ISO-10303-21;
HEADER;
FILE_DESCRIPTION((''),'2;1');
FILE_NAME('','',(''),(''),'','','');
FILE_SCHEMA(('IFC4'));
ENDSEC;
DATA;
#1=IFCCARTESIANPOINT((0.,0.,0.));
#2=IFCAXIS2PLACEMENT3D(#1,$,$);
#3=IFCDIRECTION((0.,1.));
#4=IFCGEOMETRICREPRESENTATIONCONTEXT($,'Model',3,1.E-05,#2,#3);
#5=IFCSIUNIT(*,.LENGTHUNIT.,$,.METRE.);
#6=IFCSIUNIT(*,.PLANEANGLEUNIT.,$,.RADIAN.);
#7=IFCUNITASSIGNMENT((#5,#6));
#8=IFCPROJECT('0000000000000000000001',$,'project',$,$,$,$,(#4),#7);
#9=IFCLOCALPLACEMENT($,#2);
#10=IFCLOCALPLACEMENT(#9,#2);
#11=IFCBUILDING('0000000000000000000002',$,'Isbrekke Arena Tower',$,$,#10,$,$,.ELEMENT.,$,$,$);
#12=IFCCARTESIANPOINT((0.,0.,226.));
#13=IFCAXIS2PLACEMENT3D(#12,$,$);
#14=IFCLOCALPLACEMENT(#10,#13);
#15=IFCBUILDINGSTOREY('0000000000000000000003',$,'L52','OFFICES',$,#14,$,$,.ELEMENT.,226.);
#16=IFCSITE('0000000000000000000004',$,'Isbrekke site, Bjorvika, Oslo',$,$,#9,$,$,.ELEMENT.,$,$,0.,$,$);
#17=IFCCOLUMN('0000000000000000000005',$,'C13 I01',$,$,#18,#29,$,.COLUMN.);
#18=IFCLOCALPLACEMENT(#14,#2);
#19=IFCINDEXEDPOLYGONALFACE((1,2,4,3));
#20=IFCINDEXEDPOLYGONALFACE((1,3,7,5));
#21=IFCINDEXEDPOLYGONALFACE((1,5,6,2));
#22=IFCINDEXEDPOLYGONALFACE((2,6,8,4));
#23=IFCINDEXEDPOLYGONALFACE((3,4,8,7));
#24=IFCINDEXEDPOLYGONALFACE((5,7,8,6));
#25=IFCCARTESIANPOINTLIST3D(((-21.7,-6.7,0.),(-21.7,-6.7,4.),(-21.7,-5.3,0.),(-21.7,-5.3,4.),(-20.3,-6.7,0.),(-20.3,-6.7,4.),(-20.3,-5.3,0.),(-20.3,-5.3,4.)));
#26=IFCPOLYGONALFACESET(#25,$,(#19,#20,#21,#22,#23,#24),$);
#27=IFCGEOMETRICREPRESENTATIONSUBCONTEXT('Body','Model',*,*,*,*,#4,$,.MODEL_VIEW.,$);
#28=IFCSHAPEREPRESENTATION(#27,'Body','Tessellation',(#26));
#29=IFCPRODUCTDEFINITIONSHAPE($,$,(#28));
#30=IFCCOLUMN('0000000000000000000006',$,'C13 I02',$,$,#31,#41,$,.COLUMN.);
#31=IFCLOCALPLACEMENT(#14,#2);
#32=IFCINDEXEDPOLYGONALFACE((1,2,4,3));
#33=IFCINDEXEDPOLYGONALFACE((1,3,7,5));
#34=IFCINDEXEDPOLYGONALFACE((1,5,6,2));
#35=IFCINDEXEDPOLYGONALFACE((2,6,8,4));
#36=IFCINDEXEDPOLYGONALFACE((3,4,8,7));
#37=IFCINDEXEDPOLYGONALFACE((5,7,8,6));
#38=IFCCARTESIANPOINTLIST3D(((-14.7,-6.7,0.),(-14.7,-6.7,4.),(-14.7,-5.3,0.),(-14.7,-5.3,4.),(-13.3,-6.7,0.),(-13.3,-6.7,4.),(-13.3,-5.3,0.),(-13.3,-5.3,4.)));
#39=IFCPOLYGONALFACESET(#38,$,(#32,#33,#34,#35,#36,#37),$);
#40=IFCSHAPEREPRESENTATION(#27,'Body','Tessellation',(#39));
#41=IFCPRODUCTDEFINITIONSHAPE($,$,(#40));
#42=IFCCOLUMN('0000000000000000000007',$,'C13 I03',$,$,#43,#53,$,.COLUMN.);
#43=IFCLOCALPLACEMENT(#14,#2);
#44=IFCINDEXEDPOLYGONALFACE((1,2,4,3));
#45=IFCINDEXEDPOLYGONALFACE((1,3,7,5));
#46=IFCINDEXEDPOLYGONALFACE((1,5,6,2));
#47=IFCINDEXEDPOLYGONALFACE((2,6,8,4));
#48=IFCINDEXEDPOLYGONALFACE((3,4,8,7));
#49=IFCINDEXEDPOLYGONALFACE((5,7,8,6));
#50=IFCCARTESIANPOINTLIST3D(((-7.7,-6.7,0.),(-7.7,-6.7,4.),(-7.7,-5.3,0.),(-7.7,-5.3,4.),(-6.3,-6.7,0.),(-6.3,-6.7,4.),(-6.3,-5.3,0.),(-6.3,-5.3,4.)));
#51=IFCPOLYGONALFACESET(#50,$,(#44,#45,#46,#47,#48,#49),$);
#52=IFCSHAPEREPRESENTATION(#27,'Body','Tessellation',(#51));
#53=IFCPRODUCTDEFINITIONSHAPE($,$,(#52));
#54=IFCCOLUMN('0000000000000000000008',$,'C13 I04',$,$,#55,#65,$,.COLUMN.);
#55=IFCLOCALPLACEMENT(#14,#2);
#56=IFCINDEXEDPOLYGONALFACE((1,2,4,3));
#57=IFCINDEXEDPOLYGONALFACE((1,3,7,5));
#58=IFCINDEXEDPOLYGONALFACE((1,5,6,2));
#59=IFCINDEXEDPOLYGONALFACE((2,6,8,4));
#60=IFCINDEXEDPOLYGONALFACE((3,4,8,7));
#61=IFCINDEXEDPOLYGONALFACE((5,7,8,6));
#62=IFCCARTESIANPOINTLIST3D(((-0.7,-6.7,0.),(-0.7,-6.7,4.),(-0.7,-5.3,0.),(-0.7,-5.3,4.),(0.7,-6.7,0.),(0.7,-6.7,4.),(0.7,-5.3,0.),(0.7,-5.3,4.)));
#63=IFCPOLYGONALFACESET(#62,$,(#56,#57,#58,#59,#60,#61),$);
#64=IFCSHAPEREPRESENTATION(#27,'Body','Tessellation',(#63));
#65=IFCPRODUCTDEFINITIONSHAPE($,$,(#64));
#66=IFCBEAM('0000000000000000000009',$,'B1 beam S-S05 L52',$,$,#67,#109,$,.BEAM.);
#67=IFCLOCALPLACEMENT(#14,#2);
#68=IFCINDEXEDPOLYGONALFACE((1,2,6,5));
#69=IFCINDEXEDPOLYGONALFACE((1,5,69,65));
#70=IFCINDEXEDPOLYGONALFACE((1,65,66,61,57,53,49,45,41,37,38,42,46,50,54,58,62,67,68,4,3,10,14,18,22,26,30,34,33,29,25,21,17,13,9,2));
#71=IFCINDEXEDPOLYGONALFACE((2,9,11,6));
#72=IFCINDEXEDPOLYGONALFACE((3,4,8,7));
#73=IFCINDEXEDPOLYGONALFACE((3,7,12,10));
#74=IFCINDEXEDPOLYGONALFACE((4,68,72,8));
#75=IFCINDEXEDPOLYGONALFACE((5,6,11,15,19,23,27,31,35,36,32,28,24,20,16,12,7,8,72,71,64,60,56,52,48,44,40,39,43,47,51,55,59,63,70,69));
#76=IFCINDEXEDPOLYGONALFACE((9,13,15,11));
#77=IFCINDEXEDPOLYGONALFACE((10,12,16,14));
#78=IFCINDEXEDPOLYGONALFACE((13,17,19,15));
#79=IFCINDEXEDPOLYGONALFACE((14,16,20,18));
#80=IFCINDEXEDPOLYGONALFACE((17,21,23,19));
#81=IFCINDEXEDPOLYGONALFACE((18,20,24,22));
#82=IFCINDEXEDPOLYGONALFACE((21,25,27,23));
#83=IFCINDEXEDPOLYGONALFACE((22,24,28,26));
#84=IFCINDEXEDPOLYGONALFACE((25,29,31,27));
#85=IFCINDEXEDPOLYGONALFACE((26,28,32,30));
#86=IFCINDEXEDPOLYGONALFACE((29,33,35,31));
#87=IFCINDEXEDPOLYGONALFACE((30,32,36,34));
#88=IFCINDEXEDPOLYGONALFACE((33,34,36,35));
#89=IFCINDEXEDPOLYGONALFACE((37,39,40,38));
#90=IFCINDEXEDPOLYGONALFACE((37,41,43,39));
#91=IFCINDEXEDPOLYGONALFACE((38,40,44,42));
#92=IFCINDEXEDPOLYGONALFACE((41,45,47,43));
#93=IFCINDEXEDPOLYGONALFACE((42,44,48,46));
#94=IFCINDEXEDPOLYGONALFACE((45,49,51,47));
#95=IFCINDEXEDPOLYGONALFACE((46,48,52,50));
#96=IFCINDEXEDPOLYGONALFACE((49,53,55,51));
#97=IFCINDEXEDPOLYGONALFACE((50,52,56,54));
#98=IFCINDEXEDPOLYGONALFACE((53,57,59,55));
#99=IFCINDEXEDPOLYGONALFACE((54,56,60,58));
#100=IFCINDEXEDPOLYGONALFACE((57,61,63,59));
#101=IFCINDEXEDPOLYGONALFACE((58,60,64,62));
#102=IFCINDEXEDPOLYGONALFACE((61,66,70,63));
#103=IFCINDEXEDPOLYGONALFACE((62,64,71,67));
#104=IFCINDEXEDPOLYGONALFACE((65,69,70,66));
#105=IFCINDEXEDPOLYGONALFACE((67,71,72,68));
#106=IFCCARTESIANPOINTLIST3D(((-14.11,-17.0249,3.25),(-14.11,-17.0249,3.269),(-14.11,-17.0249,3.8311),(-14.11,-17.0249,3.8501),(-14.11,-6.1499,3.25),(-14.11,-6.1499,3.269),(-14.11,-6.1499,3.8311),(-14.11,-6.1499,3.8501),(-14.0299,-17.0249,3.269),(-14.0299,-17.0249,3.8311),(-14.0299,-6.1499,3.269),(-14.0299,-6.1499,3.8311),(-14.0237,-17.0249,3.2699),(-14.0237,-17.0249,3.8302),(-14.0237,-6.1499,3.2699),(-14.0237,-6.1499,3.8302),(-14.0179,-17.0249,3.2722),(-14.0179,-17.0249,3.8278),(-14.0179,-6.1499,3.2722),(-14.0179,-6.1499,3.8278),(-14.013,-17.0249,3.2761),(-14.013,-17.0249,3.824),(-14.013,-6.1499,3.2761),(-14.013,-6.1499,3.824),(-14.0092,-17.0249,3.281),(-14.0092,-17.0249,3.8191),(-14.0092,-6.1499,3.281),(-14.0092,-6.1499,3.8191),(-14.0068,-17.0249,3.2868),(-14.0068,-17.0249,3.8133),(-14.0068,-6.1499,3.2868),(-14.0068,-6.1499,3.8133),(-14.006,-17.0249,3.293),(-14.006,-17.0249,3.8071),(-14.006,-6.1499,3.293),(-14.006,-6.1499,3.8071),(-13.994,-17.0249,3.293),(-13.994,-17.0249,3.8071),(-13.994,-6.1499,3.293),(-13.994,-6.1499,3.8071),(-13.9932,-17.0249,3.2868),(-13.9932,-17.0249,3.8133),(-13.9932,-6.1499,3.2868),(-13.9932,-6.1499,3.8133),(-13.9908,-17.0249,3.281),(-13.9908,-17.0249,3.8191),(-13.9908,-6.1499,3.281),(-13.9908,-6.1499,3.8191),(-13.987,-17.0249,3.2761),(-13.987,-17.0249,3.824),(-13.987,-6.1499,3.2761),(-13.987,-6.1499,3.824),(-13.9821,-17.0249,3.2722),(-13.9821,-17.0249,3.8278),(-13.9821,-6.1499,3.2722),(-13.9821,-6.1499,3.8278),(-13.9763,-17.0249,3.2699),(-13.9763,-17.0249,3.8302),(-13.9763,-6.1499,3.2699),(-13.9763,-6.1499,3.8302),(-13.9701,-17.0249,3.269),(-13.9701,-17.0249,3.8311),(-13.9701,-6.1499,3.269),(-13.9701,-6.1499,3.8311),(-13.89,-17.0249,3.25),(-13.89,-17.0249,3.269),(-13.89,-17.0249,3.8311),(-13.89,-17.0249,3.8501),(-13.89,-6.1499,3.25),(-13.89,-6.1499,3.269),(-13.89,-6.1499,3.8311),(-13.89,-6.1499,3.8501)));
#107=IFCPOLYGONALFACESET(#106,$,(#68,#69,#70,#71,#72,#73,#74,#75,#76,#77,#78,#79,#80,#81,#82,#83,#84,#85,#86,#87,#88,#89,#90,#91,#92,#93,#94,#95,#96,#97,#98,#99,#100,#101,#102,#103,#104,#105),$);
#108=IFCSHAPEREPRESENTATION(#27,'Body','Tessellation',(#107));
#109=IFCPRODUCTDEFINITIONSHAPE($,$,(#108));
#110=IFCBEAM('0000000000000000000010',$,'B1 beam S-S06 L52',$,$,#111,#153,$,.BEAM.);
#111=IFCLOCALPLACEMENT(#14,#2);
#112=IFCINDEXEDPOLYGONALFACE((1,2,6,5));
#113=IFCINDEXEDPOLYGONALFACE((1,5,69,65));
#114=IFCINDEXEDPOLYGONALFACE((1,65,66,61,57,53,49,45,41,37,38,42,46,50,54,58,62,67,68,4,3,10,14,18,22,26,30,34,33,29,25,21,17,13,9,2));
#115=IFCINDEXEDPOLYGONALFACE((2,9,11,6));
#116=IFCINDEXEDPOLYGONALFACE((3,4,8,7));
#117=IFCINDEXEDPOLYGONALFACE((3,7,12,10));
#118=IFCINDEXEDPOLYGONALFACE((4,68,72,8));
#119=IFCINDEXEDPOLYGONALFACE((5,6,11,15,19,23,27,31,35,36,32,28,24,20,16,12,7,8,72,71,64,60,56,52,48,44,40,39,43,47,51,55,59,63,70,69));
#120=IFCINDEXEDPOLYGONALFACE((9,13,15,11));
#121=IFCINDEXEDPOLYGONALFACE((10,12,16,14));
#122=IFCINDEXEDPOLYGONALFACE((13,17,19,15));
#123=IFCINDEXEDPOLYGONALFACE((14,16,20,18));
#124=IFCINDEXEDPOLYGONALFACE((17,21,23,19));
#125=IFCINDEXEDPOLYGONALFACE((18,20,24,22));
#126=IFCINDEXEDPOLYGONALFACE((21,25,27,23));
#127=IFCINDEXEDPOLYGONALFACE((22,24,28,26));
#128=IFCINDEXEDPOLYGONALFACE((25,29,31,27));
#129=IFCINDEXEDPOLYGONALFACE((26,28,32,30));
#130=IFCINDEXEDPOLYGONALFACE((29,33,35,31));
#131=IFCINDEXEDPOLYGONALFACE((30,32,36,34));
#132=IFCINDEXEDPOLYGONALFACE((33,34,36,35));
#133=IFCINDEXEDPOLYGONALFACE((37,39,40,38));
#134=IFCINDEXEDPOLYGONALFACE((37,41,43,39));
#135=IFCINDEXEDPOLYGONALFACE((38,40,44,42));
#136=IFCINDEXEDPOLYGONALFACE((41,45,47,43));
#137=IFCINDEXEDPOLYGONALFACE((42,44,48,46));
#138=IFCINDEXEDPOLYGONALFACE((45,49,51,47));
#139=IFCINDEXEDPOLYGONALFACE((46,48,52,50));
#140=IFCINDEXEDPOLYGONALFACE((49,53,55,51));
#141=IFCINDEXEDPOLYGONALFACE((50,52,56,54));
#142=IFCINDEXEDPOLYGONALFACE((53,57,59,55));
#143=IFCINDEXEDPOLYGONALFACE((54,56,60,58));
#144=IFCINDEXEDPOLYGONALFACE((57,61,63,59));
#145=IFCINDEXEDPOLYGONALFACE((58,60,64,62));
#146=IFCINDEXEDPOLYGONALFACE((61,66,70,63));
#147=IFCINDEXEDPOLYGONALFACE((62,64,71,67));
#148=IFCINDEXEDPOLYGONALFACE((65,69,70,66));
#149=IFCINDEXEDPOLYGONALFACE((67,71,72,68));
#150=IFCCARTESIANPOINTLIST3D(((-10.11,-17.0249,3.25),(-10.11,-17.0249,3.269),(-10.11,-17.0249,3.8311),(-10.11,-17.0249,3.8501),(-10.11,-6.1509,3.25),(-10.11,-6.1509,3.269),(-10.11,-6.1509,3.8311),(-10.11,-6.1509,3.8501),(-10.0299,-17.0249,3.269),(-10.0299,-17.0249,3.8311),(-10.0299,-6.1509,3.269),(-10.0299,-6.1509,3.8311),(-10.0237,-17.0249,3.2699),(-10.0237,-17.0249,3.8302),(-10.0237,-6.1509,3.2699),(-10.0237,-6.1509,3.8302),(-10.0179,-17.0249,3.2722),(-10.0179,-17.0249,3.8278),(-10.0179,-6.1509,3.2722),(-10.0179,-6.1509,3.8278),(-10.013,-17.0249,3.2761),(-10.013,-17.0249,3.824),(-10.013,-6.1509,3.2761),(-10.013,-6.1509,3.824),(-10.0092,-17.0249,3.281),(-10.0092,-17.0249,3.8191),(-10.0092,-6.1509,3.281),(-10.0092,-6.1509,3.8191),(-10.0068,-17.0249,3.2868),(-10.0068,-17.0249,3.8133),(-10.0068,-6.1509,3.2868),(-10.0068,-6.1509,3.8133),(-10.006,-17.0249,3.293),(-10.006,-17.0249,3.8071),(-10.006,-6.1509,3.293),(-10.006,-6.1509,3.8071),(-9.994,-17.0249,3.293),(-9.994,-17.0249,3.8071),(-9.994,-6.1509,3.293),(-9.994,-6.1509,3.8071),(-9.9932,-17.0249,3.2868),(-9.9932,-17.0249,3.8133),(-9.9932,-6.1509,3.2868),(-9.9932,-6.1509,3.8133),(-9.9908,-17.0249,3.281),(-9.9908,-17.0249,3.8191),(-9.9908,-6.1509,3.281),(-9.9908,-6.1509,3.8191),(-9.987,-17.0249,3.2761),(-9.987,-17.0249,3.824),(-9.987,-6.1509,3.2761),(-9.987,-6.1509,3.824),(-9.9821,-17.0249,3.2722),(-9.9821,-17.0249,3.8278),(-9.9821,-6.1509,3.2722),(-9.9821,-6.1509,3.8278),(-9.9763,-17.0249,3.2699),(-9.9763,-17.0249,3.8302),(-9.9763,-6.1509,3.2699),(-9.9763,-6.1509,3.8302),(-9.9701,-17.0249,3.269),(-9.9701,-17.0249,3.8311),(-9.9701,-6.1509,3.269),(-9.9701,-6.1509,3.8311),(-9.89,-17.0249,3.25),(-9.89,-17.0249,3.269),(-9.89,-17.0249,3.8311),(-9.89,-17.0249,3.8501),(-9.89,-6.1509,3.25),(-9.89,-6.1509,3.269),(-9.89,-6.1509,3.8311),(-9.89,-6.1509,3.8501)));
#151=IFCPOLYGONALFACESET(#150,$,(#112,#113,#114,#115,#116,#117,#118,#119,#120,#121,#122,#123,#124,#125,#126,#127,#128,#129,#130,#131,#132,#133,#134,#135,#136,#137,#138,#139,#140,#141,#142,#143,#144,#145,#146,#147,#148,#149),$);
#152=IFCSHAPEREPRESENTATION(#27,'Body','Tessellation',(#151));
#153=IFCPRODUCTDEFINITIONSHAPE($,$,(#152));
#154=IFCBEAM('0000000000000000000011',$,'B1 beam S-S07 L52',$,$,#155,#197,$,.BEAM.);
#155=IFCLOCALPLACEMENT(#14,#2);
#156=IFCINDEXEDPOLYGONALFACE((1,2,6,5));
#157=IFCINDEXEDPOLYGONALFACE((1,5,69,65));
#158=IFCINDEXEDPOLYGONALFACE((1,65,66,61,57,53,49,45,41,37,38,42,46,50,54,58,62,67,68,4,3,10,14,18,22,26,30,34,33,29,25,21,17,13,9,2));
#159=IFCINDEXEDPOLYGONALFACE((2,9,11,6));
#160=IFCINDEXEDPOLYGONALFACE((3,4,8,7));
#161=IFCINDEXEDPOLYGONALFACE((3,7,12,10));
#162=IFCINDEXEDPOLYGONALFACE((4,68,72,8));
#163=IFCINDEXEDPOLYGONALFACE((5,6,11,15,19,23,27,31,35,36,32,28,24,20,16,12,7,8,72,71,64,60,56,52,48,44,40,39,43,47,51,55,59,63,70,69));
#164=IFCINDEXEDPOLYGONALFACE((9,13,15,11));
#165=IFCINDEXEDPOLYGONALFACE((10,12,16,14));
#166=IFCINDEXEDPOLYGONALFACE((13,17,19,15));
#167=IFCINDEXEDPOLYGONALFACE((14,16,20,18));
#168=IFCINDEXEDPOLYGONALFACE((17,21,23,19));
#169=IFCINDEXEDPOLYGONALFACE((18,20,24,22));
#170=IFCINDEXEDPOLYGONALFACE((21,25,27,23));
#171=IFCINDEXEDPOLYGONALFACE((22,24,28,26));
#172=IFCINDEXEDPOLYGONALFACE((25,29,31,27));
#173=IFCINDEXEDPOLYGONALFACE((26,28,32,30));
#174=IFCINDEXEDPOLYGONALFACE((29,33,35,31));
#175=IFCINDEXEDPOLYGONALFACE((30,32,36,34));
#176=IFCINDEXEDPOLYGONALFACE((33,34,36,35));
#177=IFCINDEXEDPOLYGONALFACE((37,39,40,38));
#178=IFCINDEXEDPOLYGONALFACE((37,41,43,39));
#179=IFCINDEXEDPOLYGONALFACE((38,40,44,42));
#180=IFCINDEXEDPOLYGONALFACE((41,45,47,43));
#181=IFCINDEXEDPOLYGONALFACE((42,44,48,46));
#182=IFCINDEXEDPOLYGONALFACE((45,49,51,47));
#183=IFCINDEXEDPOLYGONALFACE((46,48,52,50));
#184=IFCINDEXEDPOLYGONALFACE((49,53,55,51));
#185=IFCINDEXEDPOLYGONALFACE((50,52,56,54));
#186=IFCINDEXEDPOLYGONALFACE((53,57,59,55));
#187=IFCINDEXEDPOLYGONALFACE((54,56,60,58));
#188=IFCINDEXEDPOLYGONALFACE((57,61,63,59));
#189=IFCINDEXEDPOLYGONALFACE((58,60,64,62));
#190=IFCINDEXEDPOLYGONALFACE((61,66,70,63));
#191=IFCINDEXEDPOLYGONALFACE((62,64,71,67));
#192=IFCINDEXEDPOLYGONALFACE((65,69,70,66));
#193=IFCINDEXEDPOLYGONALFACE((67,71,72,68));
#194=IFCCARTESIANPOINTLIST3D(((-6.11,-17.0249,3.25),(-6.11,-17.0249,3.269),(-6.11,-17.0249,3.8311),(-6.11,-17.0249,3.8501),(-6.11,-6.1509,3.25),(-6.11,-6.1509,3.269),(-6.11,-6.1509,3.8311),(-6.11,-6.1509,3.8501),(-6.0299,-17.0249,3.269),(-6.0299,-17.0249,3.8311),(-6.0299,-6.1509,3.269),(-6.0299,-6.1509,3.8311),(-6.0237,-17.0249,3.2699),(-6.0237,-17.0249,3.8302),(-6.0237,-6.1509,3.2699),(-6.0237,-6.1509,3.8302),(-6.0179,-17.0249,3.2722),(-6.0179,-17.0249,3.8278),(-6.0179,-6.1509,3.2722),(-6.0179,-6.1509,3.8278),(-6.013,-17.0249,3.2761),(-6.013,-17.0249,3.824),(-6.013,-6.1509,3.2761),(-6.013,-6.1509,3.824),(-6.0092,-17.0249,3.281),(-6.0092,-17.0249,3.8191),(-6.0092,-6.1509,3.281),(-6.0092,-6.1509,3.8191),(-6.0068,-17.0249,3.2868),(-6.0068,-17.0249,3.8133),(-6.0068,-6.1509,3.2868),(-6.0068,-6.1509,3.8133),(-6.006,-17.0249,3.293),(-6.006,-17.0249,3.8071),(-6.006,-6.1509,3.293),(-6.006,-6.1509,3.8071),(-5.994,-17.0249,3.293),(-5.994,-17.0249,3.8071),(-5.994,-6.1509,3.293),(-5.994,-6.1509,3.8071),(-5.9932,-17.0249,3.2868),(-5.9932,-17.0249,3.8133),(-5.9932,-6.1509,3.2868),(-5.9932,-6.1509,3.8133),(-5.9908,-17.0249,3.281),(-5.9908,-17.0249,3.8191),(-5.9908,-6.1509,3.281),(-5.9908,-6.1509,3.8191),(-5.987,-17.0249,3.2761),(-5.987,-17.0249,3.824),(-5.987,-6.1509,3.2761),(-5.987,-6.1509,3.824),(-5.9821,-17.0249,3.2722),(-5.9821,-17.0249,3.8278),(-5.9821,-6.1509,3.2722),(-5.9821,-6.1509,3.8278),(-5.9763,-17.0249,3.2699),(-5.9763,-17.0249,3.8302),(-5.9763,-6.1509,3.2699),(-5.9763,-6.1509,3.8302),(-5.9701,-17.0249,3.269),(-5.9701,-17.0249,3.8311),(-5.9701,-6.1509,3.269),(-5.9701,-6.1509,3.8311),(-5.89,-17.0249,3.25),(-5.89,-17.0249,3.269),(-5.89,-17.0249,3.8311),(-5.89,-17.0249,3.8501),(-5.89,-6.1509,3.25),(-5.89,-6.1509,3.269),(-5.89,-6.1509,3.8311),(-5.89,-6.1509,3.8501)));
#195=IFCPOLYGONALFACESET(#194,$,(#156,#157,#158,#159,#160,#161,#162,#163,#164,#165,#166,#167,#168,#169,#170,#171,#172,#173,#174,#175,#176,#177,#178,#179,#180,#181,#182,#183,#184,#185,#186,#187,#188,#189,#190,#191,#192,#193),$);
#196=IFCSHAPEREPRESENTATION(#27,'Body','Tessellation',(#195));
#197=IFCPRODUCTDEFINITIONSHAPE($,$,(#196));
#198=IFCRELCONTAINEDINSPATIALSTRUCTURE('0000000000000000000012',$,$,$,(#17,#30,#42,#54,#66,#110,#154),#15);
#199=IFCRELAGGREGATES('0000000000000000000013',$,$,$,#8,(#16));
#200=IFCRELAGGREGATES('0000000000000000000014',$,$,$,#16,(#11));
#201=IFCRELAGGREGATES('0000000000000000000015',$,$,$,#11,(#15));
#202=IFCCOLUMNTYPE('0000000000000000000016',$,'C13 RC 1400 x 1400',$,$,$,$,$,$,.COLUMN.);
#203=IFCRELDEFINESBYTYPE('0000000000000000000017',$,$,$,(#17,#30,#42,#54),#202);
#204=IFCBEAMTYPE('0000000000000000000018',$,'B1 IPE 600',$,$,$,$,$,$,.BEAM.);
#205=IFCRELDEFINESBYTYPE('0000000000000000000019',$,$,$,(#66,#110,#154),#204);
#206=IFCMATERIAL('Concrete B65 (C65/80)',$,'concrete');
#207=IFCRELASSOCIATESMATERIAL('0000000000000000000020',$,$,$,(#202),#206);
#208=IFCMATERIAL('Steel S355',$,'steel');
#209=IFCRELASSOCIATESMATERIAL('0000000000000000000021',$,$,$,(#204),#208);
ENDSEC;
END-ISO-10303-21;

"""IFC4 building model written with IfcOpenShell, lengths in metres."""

from ifc_helpers import new_model, si_unit, direction, frame, origin, origin_2d, place, context, subcontext, project, spatial, rectangle, i_section, extrude, material, material_profile, profile_set, type_object, element, save


model = new_model("IFC4")

# Units and contexts
model_context = context("Model", 3, precision=1e-05, world=origin(), true_north=direction((0.0, 1.0)))
body_context = subcontext(model_context, "Body", "Model", "MODEL_VIEW")
ifc_project = project(units=[si_unit("LENGTHUNIT", "METRE"), si_unit("PLANEANGLEUNIT", "RADIAN")], contexts=[model_context])

# Site, building, storey
site_placement = place(None, origin())
site = spatial("IfcSite", under=ifc_project, at=site_placement, Name="Isbrekke site, Bjorvika, Oslo", CompositionType="ELEMENT", RefElevation=0.0)
building_placement = place(site_placement, origin())
building = spatial("IfcBuilding", under=site, at=building_placement, Name="Isbrekke Arena Tower", CompositionType="ELEMENT")
storey_placement = place(building_placement, frame((0.0, 0.0, 226.0)))
storey = spatial("IfcBuildingStorey", under=building, at=storey_placement, Name="L52", Description="OFFICES", CompositionType="ELEMENT", Elevation=226.0)

# Columns
ifc_material_1 = material(Name="Concrete B65 (C65/80)", Category="concrete")
ifc_material_profile_1 = material_profile(ifc_material_1, rectangle(XDim=1.3999, YDim=1.3999, at=origin_2d()), Name="RC 1400x1400")
ifc_profile_set_1 = profile_set([ifc_material_profile_1], Name="Concrete B65 (C65/80)")
column_type = type_object("IfcColumnType", Name="C13 RC 1400 x 1400", PredefinedType="COLUMN", material=ifc_profile_set_1)
for number, where, z_axis, x_axis, name in (
    (1, (-21.0, -6.0, 0.0), (0.0, 0.0, 1.0), (1.0, 0.0, 0.0), "C13 I01"),
    (2, (-14.0, -6.0, 0.0), (0.0, 0.0, 1.0), (1.0, 0.0, 0.0), "C13 I02"),
    (3, (-7.0, -6.0, 0.0), (0.0, 0.0, 1.0), (1.0, 0.0, 0.0), "C13 I03"),
    (4, (0.0, -6.0, 0.0), (0.0, 0.0, 1.0), (1.0, 0.0, 0.0), "C13 I04"),
):
    element("IfcColumn", number, at=place(storey_placement, frame(where, z_axis=z_axis, x_axis=x_axis)), inside=storey, type_object=column_type, Name=name, PredefinedType="COLUMN", context=body_context, shape_type="SweptSolid", body=[
        extrude(rectangle(XDim=1.3999, YDim=1.3999, at=origin_2d()), origin(), (0.0, 0.0, 1.0), 4.0),
    ])

# Beams
ifc_material_2 = material(Name="Steel S355", Category="steel")
ifc_material_profile_2 = material_profile(ifc_material_2, i_section(OverallWidth=0.22, OverallDepth=0.6001, WebThickness=0.012, FlangeThickness=0.019, FilletRadius=0.0239, at=origin_2d()), Name="IPE 600")
ifc_profile_set_2 = profile_set([ifc_material_profile_2], Name="Steel S355")
beam_type_1 = type_object("IfcBeamType", Name="B1 IPE 600", PredefinedType="BEAM", material=ifc_profile_set_2)
beam_1_placement = place(storey_placement, frame((-14.0, -17.0249, 3.55), z_axis=(0.0, 1.0, 0.0), x_axis=(-1.0, 0.0, 0.0)))
element("IfcBeam", 5, at=beam_1_placement, inside=storey, type_object=beam_type_1, Name="B1 beam S-S05 L52", PredefinedType="BEAM", context=body_context, shape_type="SweptSolid", body=[
    extrude(i_section(OverallWidth=0.22, OverallDepth=0.6001, WebThickness=0.012, FlangeThickness=0.019, FilletRadius=0.0239, at=origin_2d()), origin(), (0.0, 0.0, 1.0), 10.875),
])
for number, where, z_axis, x_axis, name in (
    (6, (-10.0, -17.0249, 3.55), (0.0, 1.0, 0.0), (-1.0, 0.0, 0.0), "B1 beam S-S06 L52"),
    (7, (-6.0, -17.0249, 3.55), (0.0, 1.0, 0.0), (-1.0, 0.0, 0.0), "B1 beam S-S07 L52"),
):
    element("IfcBeam", number, at=place(storey_placement, frame(where, z_axis=z_axis, x_axis=x_axis)), inside=storey, type_object=beam_type_1, Name=name, PredefinedType="BEAM", context=body_context, shape_type="SweptSolid", body=[
        extrude(i_section(OverallWidth=0.22, OverallDepth=0.6001, WebThickness=0.012, FlangeThickness=0.019, FilletRadius=0.0239, at=origin_2d()), origin(), (0.0, 0.0, 1.0), 10.874),
    ])

save(model, "model.ifc")
